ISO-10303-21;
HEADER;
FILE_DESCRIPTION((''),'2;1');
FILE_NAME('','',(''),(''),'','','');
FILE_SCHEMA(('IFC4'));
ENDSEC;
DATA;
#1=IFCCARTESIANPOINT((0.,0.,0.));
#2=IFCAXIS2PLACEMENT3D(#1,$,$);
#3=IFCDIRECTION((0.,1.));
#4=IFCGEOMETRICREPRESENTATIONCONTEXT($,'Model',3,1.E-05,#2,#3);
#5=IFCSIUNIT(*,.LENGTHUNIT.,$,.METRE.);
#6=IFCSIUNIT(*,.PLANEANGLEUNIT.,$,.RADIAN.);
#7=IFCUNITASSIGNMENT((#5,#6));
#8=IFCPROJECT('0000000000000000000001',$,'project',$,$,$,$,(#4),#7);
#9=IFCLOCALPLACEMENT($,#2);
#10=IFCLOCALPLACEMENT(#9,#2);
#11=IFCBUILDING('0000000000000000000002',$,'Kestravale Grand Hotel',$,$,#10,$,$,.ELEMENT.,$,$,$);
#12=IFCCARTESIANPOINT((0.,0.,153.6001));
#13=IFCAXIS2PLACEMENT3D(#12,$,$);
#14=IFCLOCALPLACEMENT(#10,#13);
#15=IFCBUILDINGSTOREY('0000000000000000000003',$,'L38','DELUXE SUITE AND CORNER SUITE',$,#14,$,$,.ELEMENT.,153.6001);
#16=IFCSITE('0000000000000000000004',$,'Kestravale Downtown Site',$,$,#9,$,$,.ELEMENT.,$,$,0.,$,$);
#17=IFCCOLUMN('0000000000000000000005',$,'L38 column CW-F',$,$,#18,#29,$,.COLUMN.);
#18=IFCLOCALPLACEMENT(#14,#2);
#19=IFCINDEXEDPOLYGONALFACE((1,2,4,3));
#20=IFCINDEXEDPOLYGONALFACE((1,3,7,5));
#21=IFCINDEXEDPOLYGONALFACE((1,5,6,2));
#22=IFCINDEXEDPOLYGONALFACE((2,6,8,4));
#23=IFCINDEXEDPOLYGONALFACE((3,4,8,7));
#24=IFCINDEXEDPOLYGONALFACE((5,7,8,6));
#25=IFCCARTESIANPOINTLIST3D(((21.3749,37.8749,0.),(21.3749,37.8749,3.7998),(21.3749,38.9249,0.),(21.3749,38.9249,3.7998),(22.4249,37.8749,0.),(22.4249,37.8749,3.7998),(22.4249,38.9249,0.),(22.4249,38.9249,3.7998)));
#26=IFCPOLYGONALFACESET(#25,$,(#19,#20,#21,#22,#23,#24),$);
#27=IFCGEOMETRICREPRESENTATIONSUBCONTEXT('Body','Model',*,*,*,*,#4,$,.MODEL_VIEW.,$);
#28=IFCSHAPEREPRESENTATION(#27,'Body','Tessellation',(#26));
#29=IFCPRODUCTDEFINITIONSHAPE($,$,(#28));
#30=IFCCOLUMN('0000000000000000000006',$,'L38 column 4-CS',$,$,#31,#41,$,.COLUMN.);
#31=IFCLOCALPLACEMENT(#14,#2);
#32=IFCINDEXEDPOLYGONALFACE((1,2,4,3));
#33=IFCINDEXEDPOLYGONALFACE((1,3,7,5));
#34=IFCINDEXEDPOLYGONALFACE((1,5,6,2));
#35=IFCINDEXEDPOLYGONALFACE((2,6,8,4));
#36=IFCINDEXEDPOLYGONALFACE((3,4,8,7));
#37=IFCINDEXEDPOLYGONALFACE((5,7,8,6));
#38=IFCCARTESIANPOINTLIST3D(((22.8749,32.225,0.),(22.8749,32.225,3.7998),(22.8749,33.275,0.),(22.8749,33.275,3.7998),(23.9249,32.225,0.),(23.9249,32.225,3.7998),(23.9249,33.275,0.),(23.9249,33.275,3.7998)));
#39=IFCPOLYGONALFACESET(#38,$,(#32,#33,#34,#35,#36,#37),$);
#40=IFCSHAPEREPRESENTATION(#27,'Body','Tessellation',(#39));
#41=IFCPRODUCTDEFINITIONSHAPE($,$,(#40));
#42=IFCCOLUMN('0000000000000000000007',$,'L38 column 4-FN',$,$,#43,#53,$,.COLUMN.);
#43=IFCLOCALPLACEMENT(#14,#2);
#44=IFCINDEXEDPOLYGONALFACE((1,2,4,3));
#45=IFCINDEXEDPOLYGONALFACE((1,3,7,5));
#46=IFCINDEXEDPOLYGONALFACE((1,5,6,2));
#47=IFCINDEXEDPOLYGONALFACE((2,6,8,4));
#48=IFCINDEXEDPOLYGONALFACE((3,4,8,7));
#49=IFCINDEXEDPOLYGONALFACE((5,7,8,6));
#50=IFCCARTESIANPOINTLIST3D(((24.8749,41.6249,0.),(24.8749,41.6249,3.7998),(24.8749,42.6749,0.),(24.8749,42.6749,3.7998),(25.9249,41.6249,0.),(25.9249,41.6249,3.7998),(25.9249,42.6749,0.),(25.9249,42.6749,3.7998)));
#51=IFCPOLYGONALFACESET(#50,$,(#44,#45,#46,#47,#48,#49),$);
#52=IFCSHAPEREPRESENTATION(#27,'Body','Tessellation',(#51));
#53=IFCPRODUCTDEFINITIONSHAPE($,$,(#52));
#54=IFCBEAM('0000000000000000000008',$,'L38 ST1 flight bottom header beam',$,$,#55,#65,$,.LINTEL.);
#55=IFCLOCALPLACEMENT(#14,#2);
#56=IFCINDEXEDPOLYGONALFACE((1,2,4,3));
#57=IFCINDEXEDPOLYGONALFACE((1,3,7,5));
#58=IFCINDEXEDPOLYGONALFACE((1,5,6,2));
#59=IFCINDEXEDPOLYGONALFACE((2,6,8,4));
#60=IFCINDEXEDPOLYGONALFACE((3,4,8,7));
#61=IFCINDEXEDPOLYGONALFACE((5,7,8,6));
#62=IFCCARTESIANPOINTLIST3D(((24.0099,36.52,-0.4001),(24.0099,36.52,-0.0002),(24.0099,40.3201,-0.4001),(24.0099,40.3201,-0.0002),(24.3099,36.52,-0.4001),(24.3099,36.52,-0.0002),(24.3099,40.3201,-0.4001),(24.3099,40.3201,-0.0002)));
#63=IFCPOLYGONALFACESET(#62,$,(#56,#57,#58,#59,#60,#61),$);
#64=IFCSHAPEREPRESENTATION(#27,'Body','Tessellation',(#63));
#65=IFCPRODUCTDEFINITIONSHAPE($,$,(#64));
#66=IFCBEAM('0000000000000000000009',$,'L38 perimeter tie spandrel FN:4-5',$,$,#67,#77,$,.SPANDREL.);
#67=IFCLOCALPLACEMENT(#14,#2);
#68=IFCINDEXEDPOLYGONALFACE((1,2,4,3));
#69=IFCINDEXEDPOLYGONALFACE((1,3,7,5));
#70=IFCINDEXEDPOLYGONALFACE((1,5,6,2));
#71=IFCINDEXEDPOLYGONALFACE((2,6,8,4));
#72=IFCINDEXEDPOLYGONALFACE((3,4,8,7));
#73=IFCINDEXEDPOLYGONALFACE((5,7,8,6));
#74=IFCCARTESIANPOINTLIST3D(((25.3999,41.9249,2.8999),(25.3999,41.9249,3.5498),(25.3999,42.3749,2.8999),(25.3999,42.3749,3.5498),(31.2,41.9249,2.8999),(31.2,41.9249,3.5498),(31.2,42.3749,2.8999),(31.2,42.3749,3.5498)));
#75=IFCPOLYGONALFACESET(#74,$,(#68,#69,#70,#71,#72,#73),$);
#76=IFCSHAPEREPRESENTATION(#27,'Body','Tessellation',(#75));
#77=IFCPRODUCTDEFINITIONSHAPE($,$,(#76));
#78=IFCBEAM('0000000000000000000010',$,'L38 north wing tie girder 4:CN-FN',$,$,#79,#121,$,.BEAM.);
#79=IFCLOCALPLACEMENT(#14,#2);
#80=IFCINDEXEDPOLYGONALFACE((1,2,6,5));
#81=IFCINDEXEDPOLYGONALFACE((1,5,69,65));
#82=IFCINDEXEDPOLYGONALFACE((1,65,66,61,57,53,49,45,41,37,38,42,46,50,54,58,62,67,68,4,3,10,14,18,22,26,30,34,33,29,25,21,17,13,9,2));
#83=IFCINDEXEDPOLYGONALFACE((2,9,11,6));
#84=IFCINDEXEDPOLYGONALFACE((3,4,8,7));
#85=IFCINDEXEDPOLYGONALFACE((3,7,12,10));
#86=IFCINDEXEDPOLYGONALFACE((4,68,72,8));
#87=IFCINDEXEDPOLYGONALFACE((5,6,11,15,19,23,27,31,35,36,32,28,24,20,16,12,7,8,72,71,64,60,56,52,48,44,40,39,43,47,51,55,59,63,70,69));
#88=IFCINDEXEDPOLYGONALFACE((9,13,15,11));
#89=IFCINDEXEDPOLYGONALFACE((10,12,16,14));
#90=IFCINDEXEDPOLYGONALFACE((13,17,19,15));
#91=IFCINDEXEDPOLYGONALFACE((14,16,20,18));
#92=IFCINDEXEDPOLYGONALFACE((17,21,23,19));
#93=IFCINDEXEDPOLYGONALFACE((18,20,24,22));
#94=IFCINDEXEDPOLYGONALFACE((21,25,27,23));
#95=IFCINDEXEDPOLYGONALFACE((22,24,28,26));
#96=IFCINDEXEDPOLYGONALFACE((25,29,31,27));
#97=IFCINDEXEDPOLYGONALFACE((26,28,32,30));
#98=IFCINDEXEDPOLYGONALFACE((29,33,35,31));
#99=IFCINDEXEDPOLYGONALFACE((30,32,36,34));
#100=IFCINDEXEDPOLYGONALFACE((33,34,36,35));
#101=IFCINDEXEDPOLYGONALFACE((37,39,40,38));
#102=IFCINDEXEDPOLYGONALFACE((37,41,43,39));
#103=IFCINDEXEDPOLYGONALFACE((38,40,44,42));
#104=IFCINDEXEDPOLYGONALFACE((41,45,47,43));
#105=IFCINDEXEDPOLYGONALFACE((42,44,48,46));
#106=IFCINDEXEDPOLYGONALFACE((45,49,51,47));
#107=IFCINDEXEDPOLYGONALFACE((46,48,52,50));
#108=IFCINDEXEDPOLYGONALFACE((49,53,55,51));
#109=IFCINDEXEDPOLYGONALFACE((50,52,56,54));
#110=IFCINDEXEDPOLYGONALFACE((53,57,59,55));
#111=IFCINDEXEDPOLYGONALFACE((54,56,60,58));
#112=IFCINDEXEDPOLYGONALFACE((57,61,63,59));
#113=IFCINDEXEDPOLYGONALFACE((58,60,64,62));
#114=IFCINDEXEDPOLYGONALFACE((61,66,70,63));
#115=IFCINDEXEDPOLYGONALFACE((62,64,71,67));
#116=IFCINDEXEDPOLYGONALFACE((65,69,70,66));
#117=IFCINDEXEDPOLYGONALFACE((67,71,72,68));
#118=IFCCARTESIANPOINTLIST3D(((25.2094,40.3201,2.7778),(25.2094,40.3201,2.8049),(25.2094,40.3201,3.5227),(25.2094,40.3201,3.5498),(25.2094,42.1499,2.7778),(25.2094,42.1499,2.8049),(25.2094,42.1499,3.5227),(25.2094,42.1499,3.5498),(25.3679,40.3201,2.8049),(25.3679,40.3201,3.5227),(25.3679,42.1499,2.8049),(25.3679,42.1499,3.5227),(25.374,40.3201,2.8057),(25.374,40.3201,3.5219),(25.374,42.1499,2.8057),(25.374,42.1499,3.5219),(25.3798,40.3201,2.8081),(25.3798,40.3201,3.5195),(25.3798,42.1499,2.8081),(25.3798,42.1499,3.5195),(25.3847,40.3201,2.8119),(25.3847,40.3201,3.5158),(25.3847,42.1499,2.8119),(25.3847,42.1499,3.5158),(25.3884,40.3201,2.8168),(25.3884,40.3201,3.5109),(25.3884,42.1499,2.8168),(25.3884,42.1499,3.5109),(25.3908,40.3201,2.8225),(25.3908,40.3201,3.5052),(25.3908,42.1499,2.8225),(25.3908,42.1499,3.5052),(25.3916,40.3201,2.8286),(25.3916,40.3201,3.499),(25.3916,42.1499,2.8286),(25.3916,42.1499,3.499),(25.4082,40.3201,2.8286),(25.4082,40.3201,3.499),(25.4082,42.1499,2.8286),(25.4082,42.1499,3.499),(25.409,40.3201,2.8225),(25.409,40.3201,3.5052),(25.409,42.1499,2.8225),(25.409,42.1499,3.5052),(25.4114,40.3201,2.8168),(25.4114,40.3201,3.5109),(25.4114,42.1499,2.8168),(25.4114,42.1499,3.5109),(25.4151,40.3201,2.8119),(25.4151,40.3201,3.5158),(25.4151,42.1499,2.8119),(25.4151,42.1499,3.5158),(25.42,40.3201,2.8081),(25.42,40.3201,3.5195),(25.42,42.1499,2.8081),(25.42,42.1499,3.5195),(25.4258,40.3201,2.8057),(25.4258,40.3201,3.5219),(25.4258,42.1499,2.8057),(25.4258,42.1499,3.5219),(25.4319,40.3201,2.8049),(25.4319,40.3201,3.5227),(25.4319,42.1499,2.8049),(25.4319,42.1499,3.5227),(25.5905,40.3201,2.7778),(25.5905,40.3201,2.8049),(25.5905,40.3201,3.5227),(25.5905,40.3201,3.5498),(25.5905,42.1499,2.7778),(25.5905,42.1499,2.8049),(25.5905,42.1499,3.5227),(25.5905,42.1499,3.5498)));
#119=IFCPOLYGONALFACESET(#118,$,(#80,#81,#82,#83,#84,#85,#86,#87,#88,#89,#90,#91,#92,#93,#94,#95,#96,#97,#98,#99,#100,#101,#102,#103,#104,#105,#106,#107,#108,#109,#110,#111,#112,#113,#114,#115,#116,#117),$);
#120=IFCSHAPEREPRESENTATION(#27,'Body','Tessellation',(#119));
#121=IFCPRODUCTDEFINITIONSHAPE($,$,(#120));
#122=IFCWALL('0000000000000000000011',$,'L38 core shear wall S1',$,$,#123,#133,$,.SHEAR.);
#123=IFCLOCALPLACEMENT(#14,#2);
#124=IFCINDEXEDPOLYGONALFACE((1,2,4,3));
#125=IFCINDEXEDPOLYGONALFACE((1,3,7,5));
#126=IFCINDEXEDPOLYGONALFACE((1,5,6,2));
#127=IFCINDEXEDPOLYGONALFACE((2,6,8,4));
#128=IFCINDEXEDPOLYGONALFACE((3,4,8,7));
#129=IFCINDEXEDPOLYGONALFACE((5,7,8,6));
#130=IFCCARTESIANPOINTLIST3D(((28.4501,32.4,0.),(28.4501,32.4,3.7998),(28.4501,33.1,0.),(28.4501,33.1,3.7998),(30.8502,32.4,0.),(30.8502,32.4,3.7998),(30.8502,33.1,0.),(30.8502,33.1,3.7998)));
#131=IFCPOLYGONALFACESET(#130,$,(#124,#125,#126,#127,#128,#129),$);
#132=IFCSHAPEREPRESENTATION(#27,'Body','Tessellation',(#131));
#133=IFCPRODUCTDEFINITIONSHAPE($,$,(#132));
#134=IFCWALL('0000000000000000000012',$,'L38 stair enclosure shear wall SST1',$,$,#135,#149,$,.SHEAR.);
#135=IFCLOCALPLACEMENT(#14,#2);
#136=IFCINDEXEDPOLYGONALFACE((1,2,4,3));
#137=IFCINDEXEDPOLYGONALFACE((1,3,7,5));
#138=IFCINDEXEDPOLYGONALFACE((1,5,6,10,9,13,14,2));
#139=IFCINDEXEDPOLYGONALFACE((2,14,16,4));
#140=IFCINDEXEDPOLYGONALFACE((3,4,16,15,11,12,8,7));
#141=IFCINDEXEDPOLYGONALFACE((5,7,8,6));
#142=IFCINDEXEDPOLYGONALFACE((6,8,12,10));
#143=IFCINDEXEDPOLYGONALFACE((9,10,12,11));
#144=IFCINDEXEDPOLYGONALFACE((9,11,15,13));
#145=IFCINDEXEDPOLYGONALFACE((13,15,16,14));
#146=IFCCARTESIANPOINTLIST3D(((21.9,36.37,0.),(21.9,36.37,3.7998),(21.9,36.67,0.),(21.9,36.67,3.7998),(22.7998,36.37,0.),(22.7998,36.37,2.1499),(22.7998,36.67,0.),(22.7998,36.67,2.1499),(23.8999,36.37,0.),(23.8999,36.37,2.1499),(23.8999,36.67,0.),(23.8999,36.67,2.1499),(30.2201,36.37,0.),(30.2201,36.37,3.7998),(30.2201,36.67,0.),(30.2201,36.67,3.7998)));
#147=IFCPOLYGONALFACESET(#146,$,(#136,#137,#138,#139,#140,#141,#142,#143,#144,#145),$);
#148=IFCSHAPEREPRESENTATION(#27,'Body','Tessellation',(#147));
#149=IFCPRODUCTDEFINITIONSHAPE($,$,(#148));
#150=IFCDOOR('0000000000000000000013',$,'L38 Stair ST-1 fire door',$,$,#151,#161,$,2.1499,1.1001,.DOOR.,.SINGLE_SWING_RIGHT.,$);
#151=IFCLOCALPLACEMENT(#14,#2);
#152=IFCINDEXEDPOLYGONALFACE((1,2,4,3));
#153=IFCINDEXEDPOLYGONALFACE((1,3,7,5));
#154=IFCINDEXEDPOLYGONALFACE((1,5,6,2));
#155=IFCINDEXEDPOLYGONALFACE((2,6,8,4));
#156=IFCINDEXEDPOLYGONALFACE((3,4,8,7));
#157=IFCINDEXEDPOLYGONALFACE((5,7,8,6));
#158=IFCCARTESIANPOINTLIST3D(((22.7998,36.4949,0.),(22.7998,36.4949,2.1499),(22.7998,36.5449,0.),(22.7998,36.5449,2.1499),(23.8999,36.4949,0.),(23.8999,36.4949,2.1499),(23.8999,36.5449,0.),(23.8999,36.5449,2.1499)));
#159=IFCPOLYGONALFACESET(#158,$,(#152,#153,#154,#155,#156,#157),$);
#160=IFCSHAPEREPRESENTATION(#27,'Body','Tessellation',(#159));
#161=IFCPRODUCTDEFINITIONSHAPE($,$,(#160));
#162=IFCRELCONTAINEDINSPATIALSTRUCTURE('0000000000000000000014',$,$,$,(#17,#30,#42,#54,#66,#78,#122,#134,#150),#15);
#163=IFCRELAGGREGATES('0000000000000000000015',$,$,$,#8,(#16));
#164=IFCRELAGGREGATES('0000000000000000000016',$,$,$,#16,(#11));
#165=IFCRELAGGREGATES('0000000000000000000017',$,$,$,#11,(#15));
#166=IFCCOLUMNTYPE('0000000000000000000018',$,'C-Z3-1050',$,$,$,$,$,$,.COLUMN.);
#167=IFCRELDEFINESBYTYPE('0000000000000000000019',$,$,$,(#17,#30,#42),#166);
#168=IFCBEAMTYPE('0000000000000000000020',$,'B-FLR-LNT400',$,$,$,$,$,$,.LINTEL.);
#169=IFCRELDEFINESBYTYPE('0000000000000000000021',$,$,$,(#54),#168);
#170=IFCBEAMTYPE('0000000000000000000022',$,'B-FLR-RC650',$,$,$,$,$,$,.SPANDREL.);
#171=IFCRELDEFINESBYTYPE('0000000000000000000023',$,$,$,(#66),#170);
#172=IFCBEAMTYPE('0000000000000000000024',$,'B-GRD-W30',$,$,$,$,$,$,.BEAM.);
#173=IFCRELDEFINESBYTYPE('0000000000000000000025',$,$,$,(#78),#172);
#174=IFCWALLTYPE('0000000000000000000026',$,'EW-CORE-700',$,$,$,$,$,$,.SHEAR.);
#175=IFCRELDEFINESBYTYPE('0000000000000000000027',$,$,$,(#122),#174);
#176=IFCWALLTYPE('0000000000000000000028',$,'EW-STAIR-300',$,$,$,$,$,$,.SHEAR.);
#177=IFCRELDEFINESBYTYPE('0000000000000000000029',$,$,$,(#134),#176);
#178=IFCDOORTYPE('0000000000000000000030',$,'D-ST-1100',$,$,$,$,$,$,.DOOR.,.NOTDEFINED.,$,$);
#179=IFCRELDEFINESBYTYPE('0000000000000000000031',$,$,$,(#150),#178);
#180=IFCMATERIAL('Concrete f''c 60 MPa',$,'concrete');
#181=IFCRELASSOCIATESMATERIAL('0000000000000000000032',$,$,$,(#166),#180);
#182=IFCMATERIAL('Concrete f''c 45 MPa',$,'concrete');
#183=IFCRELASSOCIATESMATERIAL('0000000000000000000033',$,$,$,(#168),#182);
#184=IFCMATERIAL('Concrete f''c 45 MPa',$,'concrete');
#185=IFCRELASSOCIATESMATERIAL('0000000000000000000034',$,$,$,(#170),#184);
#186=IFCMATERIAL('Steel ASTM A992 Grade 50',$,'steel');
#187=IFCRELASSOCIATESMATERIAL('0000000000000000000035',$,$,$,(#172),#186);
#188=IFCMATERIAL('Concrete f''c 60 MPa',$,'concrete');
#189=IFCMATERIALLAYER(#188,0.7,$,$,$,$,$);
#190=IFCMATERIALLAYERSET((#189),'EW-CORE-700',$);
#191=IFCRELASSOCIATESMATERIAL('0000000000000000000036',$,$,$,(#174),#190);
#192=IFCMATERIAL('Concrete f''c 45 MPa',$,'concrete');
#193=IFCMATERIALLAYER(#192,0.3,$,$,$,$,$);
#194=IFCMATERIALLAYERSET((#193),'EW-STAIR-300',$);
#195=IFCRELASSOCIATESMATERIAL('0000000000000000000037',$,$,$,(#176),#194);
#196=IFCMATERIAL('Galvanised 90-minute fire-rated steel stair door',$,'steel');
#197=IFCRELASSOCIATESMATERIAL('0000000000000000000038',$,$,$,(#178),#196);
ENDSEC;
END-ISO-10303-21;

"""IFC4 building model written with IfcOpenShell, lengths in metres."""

from ifc_helpers import new_model, si_unit, direction, frame, frame_2d, origin, origin_2d, place, context, subcontext, project, spatial, rectangle, i_section, extrude, material, layer, layer_set, material_profile, profile_set, type_object, element, fill, save


model = new_model("IFC4")

# Units and contexts
model_context = context("Model", 3, precision=1e-05, world=origin(), true_north=direction((0.0, 1.0)))
body_context = subcontext(model_context, "Body", "Model", "MODEL_VIEW")
ifc_project = project(units=[si_unit("LENGTHUNIT", "METRE"), si_unit("PLANEANGLEUNIT", "RADIAN")], contexts=[model_context])

# Site, building, storey
site_placement = place(None, origin())
site = spatial("IfcSite", under=ifc_project, at=site_placement, Name="Kestravale Downtown Site", CompositionType="ELEMENT", RefElevation=0.0)
building_placement = place(site_placement, origin())
building = spatial("IfcBuilding", under=site, at=building_placement, Name="Kestravale Grand Hotel", CompositionType="ELEMENT")
storey_placement = place(building_placement, frame((0.0, 0.0, 153.6001)))
storey = spatial("IfcBuildingStorey", under=building, at=storey_placement, Name="L38", Description="DELUXE SUITE AND CORNER SUITE", CompositionType="ELEMENT", Elevation=153.6001)

# Columns
ifc_material_1 = material(Name="Concrete f'c 60 MPa", Category="concrete")
ifc_material_profile_1 = material_profile(ifc_material_1, rectangle(XDim=1.05, YDim=1.05, at=origin_2d()))
ifc_profile_set_1 = profile_set([ifc_material_profile_1], Name="Concrete f'c 60 MPa")
column_type = type_object("IfcColumnType", Name="C-Z3-1050", PredefinedType="COLUMN", material=ifc_profile_set_1)
for number, where, z_axis, x_axis, name in (
    (1, (21.8999, 38.3999, 0.0), (0.0, 0.0, 1.0), (1.0, 0.0, 0.0), "L38 column CW-F"),
    (2, (23.3999, 32.75, 0.0), (0.0, 0.0, 1.0), (1.0, 0.0, 0.0), "L38 column 4-CS"),
    (3, (25.3999, 42.1499, 0.0), (0.0, 0.0, 1.0), (1.0, 0.0, 0.0), "L38 column 4-FN"),
):
    element("IfcColumn", number, at=place(storey_placement, frame(where, z_axis=z_axis, x_axis=x_axis)), inside=storey, type_object=column_type, Name=name, PredefinedType="COLUMN", context=body_context, shape_type="SweptSolid", body=[
        extrude(rectangle(XDim=1.05, YDim=1.05, at=origin_2d()), origin(), (0.0, 0.0, 1.0), 3.7998),
    ])

# Beams
ifc_material_2 = material(Name="Concrete f'c 45 MPa", Category="concrete")
ifc_material_profile_2 = material_profile(ifc_material_2, rectangle(XDim=0.3, YDim=0.3999, at=origin_2d()))
ifc_profile_set_2 = profile_set([ifc_material_profile_2], Name="Concrete f'c 45 MPa")
beam_type_1 = type_object("IfcBeamType", Name="B-FLR-LNT400", PredefinedType="LINTEL", material=ifc_profile_set_2)
beam_1_placement = place(storey_placement, frame((24.1599, 36.52, -0.2002), z_axis=(0.0, 1.0, 0.0), x_axis=(-1.0, 0.0, 0.0)))
element("IfcBeam", 4, at=beam_1_placement, inside=storey, type_object=beam_type_1, Name="L38 ST1 flight bottom header beam", PredefinedType="LINTEL", context=body_context, shape_type="SweptSolid", body=[
    extrude(rectangle(XDim=0.3, YDim=0.3999, at=origin_2d()), origin(), (0.0, 0.0, 1.0), 3.8),
])
ifc_material_3 = material(Name="Concrete f'c 45 MPa", Category="concrete")
ifc_material_profile_3 = material_profile(ifc_material_3, rectangle(XDim=0.45, YDim=0.6499, at=origin_2d()))
ifc_profile_set_3 = profile_set([ifc_material_profile_3], Name="Concrete f'c 45 MPa")
beam_type_2 = type_object("IfcBeamType", Name="B-FLR-RC650", PredefinedType="SPANDREL", material=ifc_profile_set_3)
beam_2_placement = place(storey_placement, frame((25.3999, 42.1499, 3.2249), z_axis=(1.0, 0.0, 0.0), x_axis=(0.0, 1.0, 0.0)))
element("IfcBeam", 5, at=beam_2_placement, inside=storey, type_object=beam_type_2, Name="L38 perimeter tie spandrel FN:4-5", PredefinedType="SPANDREL", context=body_context, shape_type="SweptSolid", body=[
    extrude(rectangle(XDim=0.45, YDim=0.6499, at=origin_2d()), origin(), (0.0, 0.0, 1.0), 5.8),
])
ifc_material_4 = material(Name="Steel ASTM A992 Grade 50", Category="steel")
ifc_material_profile_4 = material_profile(ifc_material_4, i_section(OverallWidth=0.3811, OverallDepth=0.772, WebThickness=0.0166, FlangeThickness=0.0271, FilletRadius=0.0237, at=origin_2d()))
ifc_profile_set_4 = profile_set([ifc_material_profile_4], Name="Steel ASTM A992 Grade 50")
beam_type_3 = type_object("IfcBeamType", Name="B-GRD-W30", PredefinedType="BEAM", material=ifc_profile_set_4)
beam_3_placement = place(storey_placement, frame((25.3999, 40.3201, 3.1638), z_axis=(0.0, 1.0, 0.0), x_axis=(-1.0, 0.0, 0.0)))
element("IfcBeam", 6, at=beam_3_placement, inside=storey, type_object=beam_type_3, Name="L38 north wing tie girder 4:CN-FN", PredefinedType="BEAM", context=body_context, shape_type="SweptSolid", body=[
    extrude(i_section(OverallWidth=0.3811, OverallDepth=0.772, WebThickness=0.0166, FlangeThickness=0.0271, FilletRadius=0.0237, at=origin_2d()), origin(), (0.0, 0.0, 1.0), 1.8298),
])

# Wall
ifc_material_5 = material(Name="Concrete f'c 60 MPa", Category="concrete")
ifc_layer_1 = layer(ifc_material_5, 0.7)
ifc_layer_set_1 = layer_set([ifc_layer_1], Name="EW-CORE-700")
wall_type_1 = type_object("IfcWallType", Name="EW-CORE-700", PredefinedType="SHEAR", material=ifc_layer_set_1)
wall_1_placement = place(storey_placement, frame((28.45, 32.75, 0.0), z_axis=(0.0, 0.0, 1.0), x_axis=(1.0, 0.0, 0.0)))
element("IfcWall", 7, at=wall_1_placement, inside=storey, type_object=wall_type_1, Name="L38 core shear wall S1", PredefinedType="SHEAR", context=body_context, shape_type="SweptSolid", body=[
    extrude(rectangle(XDim=2.4001, YDim=0.7, at=frame_2d((1.2002, 0.0))), origin(), (0.0, 0.0, 1.0), 3.7998),
])

# Wall, opening, door
ifc_material_6 = material(Name="Concrete f'c 45 MPa", Category="concrete")
ifc_layer_2 = layer(ifc_material_6, 0.3)
ifc_layer_set_2 = layer_set([ifc_layer_2], Name="EW-STAIR-300")
wall_type_2 = type_object("IfcWallType", Name="EW-STAIR-300", PredefinedType="SHEAR", material=ifc_layer_set_2)
wall_2_placement = place(storey_placement, frame((21.8999, 36.52, 0.0), z_axis=(0.0, 0.0, 1.0), x_axis=(1.0, 0.0, 0.0)))
wall_2 = element("IfcWall", 8, at=wall_2_placement, inside=storey, type_object=wall_type_2, Name="L38 stair enclosure shear wall SST1", PredefinedType="SHEAR", context=body_context, shape_type="SweptSolid", body=[
    extrude(rectangle(XDim=8.3201, YDim=0.3, at=frame_2d((4.1602, 0.0))), origin(), (0.0, 0.0, 1.0), 3.7998),
])
opening_1_placement = place(wall_2_placement, frame((0.8999, 0.0, 0.0)))
opening_1 = element("IfcOpeningElement", 9, at=opening_1_placement, cuts=wall_2, PredefinedType="OPENING", context=body_context, shape_type="SweptSolid", body=[
    extrude(rectangle(XDim=1.1001, YDim=2.1499, at=frame_2d((0.55, 1.075))), frame((0.0, 0.1599, 0.0), z_axis=(0.0, -1.0, 0.0), x_axis=(1.0, 0.0, 0.0)), (0.0, 0.0, 1.0), 0.3201),
])
ifc_material_7 = material(Name="Galvanised 90-minute fire-rated steel stair door", Category="steel")
door_type_1 = type_object("IfcDoorType", Name="D-ST-1100", OperationType="NOTDEFINED", PredefinedType="DOOR", material=ifc_material_7)
door_1_placement = place(opening_1_placement, origin())
door_1 = element("IfcDoor", 10, at=door_1_placement, inside=storey, type_object=door_type_1, Name="L38 Stair ST-1 fire door", OperationType="SINGLE_SWING_RIGHT", OverallHeight=2.1499, OverallWidth=1.1001, PredefinedType="DOOR", context=body_context, shape_type="SweptSolid", body=[
    extrude(rectangle(XDim=1.1001, YDim=2.1499, at=frame_2d((0.55, 1.075))), frame((0.0, 0.0249, 0.0), z_axis=(0.0, -1.0, 0.0), x_axis=(1.0, 0.0, 0.0)), (0.0, 0.0, 1.0), 0.05),
])
fill(opening_1, door_1)

save(model, "model.ifc")
